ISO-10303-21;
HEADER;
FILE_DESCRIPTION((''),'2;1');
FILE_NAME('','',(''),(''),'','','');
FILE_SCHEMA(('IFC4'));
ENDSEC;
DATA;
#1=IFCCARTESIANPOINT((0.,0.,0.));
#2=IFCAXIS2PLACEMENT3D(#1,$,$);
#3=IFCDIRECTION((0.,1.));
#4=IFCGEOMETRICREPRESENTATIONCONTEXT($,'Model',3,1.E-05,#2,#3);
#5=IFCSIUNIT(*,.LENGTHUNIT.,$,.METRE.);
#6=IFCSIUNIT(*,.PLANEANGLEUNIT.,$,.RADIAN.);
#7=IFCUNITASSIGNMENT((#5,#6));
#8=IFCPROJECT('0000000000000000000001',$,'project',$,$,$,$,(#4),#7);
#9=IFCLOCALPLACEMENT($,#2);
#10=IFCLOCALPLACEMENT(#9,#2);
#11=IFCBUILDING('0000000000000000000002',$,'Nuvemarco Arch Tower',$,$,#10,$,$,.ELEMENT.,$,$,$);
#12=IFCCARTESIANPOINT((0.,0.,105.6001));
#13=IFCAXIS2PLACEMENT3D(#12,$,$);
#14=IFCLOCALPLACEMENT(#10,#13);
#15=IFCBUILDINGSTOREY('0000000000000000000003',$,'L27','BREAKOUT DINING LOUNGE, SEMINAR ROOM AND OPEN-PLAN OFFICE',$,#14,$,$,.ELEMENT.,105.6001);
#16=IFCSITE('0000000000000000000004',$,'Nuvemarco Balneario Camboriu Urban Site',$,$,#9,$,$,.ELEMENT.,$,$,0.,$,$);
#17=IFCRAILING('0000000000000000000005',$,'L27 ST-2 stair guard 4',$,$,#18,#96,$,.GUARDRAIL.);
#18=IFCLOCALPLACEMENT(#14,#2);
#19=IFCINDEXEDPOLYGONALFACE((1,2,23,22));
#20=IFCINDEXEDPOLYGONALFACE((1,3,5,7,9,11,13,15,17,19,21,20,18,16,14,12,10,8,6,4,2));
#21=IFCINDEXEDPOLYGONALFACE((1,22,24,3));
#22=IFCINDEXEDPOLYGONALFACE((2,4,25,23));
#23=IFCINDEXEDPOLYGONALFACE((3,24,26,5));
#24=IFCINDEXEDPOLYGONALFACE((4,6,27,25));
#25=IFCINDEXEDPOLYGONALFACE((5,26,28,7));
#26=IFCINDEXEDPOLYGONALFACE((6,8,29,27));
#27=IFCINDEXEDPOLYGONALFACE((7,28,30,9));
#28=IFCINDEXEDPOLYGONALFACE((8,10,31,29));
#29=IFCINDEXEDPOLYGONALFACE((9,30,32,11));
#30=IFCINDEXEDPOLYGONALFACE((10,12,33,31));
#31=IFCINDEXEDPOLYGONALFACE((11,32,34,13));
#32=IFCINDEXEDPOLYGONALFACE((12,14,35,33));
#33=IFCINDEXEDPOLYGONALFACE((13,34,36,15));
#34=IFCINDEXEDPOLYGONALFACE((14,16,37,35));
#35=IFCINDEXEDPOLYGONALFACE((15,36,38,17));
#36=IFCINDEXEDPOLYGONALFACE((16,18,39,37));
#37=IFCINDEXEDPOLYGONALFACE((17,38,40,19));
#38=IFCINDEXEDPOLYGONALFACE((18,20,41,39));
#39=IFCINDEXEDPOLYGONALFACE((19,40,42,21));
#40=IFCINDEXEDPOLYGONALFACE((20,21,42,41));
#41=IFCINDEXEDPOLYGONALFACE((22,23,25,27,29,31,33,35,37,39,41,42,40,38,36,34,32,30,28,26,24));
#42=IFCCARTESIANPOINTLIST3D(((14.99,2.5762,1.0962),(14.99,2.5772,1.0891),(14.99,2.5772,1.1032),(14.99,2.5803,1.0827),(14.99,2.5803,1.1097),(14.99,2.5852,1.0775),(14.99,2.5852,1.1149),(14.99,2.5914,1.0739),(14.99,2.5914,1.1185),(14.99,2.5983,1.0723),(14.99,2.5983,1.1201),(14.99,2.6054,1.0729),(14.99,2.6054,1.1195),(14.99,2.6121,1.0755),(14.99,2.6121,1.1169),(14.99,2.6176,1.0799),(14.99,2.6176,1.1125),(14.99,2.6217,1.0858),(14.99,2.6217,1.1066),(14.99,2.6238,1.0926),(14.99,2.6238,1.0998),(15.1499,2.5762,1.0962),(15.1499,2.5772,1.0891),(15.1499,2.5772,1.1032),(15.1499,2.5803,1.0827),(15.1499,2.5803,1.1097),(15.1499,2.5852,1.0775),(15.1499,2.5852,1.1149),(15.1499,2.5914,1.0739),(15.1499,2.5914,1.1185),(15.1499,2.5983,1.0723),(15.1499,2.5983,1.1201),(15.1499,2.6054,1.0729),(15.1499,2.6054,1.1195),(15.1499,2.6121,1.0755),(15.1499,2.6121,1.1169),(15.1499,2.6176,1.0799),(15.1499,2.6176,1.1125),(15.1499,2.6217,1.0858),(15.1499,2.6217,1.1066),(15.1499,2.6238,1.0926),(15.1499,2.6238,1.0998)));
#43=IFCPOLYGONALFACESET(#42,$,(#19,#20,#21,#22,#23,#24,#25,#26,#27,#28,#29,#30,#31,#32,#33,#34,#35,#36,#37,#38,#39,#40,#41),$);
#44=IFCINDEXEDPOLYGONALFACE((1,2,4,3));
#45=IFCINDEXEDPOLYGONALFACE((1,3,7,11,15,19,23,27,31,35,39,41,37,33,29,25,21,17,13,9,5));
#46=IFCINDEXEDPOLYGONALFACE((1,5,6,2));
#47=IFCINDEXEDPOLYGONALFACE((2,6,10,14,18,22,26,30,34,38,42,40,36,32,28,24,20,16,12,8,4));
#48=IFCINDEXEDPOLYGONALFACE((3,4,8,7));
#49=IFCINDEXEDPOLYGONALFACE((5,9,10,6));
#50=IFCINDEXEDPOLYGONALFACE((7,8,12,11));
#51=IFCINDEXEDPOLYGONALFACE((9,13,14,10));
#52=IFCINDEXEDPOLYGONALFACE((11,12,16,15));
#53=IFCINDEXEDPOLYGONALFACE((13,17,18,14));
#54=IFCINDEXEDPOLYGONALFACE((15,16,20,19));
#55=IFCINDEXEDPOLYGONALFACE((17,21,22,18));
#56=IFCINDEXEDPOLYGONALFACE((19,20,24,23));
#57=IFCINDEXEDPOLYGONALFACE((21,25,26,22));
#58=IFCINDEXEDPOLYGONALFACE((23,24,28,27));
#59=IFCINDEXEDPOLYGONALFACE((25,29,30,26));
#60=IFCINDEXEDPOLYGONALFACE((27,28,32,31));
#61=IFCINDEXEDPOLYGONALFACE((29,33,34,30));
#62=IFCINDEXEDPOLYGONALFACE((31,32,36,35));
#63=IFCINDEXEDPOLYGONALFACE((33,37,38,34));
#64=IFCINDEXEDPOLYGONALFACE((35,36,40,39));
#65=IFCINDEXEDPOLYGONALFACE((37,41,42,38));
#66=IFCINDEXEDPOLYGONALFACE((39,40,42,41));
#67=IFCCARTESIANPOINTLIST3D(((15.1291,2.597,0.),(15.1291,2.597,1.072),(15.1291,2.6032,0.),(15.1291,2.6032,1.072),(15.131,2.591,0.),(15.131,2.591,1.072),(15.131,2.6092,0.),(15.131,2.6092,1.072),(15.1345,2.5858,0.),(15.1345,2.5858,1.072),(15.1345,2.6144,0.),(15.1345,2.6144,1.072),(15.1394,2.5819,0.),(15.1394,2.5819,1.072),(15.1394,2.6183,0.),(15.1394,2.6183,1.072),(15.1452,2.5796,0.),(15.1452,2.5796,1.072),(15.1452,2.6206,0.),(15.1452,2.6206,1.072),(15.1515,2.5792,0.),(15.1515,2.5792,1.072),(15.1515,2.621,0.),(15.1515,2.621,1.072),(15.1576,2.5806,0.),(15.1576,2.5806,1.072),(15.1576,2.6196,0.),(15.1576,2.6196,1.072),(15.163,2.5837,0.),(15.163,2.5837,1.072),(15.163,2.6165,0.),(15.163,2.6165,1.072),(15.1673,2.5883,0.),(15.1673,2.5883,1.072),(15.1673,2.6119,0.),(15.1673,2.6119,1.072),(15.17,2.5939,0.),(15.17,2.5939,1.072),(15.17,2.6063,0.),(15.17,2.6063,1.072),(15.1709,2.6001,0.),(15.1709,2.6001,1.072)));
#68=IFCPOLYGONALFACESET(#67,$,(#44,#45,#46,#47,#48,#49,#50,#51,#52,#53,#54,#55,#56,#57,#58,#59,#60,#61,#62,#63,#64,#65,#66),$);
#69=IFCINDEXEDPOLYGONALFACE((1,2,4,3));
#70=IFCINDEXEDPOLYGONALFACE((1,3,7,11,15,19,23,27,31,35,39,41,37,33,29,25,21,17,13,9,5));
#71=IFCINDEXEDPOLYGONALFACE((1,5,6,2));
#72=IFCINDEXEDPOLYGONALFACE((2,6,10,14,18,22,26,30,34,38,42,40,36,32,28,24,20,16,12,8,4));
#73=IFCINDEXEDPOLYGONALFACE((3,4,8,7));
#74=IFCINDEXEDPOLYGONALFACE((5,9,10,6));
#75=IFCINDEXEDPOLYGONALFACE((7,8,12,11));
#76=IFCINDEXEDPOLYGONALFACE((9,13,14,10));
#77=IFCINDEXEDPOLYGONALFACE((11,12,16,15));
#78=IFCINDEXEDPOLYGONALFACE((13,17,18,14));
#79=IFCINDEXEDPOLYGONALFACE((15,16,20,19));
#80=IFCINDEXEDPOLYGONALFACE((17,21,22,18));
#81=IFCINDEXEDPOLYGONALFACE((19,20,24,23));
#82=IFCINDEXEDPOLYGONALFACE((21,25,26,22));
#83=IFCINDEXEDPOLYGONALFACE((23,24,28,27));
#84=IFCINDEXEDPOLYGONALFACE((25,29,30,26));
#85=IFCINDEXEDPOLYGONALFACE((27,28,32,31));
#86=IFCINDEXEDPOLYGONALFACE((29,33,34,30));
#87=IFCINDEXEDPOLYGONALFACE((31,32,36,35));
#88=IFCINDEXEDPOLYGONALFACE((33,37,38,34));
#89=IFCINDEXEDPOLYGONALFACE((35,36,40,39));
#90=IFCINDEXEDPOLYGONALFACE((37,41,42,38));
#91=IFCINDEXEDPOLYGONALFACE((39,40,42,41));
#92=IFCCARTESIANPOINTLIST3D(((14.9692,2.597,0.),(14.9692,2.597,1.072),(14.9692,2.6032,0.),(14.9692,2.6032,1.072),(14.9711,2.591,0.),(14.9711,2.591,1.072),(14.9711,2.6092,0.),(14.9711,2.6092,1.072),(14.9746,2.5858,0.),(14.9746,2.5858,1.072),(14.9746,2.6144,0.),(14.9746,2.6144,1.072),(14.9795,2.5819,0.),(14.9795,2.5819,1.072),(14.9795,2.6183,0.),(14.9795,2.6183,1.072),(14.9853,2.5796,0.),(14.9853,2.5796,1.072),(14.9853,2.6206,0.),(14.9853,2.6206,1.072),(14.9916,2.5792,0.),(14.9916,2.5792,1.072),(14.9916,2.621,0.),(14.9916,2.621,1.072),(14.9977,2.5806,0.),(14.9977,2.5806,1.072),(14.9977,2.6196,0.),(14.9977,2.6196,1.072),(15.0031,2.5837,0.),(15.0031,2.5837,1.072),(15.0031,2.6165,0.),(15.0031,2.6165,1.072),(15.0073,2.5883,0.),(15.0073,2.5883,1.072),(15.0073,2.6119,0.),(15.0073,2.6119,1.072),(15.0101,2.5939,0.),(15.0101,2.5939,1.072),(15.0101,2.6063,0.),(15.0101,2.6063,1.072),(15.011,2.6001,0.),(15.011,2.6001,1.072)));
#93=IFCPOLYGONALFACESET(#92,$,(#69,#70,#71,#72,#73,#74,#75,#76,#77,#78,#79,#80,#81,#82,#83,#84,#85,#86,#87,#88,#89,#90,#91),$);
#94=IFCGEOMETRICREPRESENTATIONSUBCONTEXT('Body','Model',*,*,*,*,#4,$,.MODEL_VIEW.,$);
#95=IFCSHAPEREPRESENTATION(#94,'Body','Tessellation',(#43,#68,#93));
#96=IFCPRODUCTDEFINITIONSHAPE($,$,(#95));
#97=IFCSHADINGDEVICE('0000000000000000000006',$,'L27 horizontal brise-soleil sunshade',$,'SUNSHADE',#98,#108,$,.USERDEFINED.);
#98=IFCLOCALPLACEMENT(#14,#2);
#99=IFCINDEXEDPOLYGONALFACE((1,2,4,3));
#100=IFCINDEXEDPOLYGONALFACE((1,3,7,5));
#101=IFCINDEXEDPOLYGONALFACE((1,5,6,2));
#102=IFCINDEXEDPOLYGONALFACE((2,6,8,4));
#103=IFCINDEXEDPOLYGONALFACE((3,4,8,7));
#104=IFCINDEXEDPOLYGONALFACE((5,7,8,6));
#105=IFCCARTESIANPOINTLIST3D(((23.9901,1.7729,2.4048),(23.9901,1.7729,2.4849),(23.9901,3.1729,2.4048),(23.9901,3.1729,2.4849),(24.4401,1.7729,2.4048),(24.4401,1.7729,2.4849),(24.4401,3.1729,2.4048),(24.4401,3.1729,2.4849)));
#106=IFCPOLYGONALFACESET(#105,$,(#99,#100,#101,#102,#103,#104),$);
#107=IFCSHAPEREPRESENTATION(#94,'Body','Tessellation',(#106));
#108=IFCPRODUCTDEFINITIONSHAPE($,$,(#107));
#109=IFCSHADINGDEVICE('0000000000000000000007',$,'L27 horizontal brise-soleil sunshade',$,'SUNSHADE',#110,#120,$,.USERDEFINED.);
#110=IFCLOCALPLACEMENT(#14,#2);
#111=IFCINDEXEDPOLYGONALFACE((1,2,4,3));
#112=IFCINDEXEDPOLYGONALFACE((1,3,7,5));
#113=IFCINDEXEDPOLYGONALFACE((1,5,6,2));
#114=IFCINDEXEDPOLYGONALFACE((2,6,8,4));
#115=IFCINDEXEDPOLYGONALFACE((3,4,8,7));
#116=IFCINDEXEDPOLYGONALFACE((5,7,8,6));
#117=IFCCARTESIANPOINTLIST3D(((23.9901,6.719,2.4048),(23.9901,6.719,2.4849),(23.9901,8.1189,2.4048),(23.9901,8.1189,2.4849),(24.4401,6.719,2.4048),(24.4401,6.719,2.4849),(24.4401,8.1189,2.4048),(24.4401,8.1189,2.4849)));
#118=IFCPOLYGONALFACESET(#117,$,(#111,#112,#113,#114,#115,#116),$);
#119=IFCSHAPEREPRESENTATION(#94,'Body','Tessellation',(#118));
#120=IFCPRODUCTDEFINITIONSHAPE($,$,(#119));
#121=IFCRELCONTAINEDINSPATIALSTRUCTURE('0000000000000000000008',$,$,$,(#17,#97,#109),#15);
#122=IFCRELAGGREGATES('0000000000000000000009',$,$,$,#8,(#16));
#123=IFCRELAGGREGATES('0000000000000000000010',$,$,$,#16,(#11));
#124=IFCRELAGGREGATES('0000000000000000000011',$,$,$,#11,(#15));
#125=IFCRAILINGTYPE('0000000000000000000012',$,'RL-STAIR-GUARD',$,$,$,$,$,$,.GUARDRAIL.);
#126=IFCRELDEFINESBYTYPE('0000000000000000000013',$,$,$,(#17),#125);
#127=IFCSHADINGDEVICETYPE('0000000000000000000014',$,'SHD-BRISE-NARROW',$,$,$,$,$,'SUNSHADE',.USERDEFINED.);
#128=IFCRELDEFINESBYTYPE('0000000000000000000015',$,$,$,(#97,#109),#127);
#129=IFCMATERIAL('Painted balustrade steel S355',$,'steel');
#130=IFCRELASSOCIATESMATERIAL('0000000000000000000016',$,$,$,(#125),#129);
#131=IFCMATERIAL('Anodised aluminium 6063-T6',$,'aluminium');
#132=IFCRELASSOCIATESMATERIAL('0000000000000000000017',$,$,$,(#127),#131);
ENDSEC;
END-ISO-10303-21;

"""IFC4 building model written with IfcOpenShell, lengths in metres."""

from ifc_helpers import new_model, si_unit, direction, frame, origin, origin_2d, place, context, subcontext, project, spatial, rectangle, circle, extrude, source, transform, mapped, material, type_object, type_shapes, element, save


model = new_model("IFC4")

# Units and contexts
model_context = context("Model", 3, precision=1e-05, world=origin(), true_north=direction((0.0, 1.0)))
body_context = subcontext(model_context, "Body", "Model", "MODEL_VIEW")
ifc_project = project(units=[si_unit("LENGTHUNIT", "METRE"), si_unit("PLANEANGLEUNIT", "RADIAN")], contexts=[model_context])

# Site, building, storey
site_placement = place(None, origin())
site = spatial("IfcSite", under=ifc_project, at=site_placement, Name="Nuvemarco Balneario Camboriu Urban Site", CompositionType="ELEMENT", RefElevation=0.0)
building_placement = place(site_placement, origin())
building = spatial("IfcBuilding", under=site, at=building_placement, Name="Nuvemarco Arch Tower", CompositionType="ELEMENT")
storey_placement = place(building_placement, frame((0.0, 0.0, 105.6001)))
storey = spatial("IfcBuildingStorey", under=building, at=storey_placement, Name="L27", Description="BREAKOUT DINING LOUNGE, SEMINAR ROOM AND OPEN-PLAN OFFICE", CompositionType="ELEMENT", Elevation=105.6001)

# Railing
ifc_material_1 = material(Name="Painted balustrade steel S355", Category="steel")
railing_type_1 = type_object("IfcRailingType", Name="RL-STAIR-GUARD", PredefinedType="GUARDRAIL", material=ifc_material_1)
railing_1_placement = place(storey_placement, frame((15.1499, 2.6001, 0.0)))
element("IfcRailing", 1, at=railing_1_placement, inside=storey, type_object=railing_type_1, Name="L27 ST-2 stair guard 4", PredefinedType="GUARDRAIL", context=body_context, shape_type="SweptSolid", body=[
    extrude(circle(Radius=0.0239, at=origin_2d()), frame((0.0, 0.0, 1.0962), z_axis=(-1.0, 0.0, 0.0), x_axis=(0.0, -1.0, 0.0)), (0.0, 0.0, 1.0), 0.1599),
    extrude(circle(Radius=0.021, at=origin_2d()), origin(), (0.0, 0.0, 1.0), 1.072),
    extrude(circle(Radius=0.021, at=origin_2d()), frame((-0.1599, 0.0, 0.0)), (0.0, 0.0, 1.0), 1.072),
])

# Shading devices
ifc_material_2 = material(Name="Anodised aluminium 6063-T6", Category="aluminium")
shading_device_type = type_object("IfcShadingDeviceType", Name="SHD-BRISE-NARROW", ElementType="SUNSHADE", PredefinedType="USERDEFINED", material=ifc_material_2)
shared_shape = source(origin(), body_context, "Body", "SweptSolid", [
    extrude(rectangle(XDim=1.3999, YDim=0.45, at=origin_2d()), origin(), (0.0, 0.0, 1.0), 0.0801),
])
type_shapes(shading_device_type, [shared_shape])
for number, where, z_axis, x_axis, name in (
    (2, (24.2151, 2.4729, 2.4048), (0.0, 0.0, 1.0), (0.0, 1.0, 0.0), "L27 horizontal brise-soleil sunshade"),
    (3, (24.2151, 7.4189, 2.4048), (0.0, 0.0, 1.0), (0.0, 1.0, 0.0), "L27 horizontal brise-soleil sunshade"),
):
    element("IfcShadingDevice", number, at=place(storey_placement, frame(where, z_axis=z_axis, x_axis=x_axis)), inside=storey, type_object=shading_device_type, Name=name, ObjectType="SUNSHADE", PredefinedType="USERDEFINED", context=body_context, shape_type="MappedRepresentation", body=[
        mapped(shared_shape, transform((0.0, 0.0, 0.0), scale=1.0)),
    ])

save(model, "model.ifc")
